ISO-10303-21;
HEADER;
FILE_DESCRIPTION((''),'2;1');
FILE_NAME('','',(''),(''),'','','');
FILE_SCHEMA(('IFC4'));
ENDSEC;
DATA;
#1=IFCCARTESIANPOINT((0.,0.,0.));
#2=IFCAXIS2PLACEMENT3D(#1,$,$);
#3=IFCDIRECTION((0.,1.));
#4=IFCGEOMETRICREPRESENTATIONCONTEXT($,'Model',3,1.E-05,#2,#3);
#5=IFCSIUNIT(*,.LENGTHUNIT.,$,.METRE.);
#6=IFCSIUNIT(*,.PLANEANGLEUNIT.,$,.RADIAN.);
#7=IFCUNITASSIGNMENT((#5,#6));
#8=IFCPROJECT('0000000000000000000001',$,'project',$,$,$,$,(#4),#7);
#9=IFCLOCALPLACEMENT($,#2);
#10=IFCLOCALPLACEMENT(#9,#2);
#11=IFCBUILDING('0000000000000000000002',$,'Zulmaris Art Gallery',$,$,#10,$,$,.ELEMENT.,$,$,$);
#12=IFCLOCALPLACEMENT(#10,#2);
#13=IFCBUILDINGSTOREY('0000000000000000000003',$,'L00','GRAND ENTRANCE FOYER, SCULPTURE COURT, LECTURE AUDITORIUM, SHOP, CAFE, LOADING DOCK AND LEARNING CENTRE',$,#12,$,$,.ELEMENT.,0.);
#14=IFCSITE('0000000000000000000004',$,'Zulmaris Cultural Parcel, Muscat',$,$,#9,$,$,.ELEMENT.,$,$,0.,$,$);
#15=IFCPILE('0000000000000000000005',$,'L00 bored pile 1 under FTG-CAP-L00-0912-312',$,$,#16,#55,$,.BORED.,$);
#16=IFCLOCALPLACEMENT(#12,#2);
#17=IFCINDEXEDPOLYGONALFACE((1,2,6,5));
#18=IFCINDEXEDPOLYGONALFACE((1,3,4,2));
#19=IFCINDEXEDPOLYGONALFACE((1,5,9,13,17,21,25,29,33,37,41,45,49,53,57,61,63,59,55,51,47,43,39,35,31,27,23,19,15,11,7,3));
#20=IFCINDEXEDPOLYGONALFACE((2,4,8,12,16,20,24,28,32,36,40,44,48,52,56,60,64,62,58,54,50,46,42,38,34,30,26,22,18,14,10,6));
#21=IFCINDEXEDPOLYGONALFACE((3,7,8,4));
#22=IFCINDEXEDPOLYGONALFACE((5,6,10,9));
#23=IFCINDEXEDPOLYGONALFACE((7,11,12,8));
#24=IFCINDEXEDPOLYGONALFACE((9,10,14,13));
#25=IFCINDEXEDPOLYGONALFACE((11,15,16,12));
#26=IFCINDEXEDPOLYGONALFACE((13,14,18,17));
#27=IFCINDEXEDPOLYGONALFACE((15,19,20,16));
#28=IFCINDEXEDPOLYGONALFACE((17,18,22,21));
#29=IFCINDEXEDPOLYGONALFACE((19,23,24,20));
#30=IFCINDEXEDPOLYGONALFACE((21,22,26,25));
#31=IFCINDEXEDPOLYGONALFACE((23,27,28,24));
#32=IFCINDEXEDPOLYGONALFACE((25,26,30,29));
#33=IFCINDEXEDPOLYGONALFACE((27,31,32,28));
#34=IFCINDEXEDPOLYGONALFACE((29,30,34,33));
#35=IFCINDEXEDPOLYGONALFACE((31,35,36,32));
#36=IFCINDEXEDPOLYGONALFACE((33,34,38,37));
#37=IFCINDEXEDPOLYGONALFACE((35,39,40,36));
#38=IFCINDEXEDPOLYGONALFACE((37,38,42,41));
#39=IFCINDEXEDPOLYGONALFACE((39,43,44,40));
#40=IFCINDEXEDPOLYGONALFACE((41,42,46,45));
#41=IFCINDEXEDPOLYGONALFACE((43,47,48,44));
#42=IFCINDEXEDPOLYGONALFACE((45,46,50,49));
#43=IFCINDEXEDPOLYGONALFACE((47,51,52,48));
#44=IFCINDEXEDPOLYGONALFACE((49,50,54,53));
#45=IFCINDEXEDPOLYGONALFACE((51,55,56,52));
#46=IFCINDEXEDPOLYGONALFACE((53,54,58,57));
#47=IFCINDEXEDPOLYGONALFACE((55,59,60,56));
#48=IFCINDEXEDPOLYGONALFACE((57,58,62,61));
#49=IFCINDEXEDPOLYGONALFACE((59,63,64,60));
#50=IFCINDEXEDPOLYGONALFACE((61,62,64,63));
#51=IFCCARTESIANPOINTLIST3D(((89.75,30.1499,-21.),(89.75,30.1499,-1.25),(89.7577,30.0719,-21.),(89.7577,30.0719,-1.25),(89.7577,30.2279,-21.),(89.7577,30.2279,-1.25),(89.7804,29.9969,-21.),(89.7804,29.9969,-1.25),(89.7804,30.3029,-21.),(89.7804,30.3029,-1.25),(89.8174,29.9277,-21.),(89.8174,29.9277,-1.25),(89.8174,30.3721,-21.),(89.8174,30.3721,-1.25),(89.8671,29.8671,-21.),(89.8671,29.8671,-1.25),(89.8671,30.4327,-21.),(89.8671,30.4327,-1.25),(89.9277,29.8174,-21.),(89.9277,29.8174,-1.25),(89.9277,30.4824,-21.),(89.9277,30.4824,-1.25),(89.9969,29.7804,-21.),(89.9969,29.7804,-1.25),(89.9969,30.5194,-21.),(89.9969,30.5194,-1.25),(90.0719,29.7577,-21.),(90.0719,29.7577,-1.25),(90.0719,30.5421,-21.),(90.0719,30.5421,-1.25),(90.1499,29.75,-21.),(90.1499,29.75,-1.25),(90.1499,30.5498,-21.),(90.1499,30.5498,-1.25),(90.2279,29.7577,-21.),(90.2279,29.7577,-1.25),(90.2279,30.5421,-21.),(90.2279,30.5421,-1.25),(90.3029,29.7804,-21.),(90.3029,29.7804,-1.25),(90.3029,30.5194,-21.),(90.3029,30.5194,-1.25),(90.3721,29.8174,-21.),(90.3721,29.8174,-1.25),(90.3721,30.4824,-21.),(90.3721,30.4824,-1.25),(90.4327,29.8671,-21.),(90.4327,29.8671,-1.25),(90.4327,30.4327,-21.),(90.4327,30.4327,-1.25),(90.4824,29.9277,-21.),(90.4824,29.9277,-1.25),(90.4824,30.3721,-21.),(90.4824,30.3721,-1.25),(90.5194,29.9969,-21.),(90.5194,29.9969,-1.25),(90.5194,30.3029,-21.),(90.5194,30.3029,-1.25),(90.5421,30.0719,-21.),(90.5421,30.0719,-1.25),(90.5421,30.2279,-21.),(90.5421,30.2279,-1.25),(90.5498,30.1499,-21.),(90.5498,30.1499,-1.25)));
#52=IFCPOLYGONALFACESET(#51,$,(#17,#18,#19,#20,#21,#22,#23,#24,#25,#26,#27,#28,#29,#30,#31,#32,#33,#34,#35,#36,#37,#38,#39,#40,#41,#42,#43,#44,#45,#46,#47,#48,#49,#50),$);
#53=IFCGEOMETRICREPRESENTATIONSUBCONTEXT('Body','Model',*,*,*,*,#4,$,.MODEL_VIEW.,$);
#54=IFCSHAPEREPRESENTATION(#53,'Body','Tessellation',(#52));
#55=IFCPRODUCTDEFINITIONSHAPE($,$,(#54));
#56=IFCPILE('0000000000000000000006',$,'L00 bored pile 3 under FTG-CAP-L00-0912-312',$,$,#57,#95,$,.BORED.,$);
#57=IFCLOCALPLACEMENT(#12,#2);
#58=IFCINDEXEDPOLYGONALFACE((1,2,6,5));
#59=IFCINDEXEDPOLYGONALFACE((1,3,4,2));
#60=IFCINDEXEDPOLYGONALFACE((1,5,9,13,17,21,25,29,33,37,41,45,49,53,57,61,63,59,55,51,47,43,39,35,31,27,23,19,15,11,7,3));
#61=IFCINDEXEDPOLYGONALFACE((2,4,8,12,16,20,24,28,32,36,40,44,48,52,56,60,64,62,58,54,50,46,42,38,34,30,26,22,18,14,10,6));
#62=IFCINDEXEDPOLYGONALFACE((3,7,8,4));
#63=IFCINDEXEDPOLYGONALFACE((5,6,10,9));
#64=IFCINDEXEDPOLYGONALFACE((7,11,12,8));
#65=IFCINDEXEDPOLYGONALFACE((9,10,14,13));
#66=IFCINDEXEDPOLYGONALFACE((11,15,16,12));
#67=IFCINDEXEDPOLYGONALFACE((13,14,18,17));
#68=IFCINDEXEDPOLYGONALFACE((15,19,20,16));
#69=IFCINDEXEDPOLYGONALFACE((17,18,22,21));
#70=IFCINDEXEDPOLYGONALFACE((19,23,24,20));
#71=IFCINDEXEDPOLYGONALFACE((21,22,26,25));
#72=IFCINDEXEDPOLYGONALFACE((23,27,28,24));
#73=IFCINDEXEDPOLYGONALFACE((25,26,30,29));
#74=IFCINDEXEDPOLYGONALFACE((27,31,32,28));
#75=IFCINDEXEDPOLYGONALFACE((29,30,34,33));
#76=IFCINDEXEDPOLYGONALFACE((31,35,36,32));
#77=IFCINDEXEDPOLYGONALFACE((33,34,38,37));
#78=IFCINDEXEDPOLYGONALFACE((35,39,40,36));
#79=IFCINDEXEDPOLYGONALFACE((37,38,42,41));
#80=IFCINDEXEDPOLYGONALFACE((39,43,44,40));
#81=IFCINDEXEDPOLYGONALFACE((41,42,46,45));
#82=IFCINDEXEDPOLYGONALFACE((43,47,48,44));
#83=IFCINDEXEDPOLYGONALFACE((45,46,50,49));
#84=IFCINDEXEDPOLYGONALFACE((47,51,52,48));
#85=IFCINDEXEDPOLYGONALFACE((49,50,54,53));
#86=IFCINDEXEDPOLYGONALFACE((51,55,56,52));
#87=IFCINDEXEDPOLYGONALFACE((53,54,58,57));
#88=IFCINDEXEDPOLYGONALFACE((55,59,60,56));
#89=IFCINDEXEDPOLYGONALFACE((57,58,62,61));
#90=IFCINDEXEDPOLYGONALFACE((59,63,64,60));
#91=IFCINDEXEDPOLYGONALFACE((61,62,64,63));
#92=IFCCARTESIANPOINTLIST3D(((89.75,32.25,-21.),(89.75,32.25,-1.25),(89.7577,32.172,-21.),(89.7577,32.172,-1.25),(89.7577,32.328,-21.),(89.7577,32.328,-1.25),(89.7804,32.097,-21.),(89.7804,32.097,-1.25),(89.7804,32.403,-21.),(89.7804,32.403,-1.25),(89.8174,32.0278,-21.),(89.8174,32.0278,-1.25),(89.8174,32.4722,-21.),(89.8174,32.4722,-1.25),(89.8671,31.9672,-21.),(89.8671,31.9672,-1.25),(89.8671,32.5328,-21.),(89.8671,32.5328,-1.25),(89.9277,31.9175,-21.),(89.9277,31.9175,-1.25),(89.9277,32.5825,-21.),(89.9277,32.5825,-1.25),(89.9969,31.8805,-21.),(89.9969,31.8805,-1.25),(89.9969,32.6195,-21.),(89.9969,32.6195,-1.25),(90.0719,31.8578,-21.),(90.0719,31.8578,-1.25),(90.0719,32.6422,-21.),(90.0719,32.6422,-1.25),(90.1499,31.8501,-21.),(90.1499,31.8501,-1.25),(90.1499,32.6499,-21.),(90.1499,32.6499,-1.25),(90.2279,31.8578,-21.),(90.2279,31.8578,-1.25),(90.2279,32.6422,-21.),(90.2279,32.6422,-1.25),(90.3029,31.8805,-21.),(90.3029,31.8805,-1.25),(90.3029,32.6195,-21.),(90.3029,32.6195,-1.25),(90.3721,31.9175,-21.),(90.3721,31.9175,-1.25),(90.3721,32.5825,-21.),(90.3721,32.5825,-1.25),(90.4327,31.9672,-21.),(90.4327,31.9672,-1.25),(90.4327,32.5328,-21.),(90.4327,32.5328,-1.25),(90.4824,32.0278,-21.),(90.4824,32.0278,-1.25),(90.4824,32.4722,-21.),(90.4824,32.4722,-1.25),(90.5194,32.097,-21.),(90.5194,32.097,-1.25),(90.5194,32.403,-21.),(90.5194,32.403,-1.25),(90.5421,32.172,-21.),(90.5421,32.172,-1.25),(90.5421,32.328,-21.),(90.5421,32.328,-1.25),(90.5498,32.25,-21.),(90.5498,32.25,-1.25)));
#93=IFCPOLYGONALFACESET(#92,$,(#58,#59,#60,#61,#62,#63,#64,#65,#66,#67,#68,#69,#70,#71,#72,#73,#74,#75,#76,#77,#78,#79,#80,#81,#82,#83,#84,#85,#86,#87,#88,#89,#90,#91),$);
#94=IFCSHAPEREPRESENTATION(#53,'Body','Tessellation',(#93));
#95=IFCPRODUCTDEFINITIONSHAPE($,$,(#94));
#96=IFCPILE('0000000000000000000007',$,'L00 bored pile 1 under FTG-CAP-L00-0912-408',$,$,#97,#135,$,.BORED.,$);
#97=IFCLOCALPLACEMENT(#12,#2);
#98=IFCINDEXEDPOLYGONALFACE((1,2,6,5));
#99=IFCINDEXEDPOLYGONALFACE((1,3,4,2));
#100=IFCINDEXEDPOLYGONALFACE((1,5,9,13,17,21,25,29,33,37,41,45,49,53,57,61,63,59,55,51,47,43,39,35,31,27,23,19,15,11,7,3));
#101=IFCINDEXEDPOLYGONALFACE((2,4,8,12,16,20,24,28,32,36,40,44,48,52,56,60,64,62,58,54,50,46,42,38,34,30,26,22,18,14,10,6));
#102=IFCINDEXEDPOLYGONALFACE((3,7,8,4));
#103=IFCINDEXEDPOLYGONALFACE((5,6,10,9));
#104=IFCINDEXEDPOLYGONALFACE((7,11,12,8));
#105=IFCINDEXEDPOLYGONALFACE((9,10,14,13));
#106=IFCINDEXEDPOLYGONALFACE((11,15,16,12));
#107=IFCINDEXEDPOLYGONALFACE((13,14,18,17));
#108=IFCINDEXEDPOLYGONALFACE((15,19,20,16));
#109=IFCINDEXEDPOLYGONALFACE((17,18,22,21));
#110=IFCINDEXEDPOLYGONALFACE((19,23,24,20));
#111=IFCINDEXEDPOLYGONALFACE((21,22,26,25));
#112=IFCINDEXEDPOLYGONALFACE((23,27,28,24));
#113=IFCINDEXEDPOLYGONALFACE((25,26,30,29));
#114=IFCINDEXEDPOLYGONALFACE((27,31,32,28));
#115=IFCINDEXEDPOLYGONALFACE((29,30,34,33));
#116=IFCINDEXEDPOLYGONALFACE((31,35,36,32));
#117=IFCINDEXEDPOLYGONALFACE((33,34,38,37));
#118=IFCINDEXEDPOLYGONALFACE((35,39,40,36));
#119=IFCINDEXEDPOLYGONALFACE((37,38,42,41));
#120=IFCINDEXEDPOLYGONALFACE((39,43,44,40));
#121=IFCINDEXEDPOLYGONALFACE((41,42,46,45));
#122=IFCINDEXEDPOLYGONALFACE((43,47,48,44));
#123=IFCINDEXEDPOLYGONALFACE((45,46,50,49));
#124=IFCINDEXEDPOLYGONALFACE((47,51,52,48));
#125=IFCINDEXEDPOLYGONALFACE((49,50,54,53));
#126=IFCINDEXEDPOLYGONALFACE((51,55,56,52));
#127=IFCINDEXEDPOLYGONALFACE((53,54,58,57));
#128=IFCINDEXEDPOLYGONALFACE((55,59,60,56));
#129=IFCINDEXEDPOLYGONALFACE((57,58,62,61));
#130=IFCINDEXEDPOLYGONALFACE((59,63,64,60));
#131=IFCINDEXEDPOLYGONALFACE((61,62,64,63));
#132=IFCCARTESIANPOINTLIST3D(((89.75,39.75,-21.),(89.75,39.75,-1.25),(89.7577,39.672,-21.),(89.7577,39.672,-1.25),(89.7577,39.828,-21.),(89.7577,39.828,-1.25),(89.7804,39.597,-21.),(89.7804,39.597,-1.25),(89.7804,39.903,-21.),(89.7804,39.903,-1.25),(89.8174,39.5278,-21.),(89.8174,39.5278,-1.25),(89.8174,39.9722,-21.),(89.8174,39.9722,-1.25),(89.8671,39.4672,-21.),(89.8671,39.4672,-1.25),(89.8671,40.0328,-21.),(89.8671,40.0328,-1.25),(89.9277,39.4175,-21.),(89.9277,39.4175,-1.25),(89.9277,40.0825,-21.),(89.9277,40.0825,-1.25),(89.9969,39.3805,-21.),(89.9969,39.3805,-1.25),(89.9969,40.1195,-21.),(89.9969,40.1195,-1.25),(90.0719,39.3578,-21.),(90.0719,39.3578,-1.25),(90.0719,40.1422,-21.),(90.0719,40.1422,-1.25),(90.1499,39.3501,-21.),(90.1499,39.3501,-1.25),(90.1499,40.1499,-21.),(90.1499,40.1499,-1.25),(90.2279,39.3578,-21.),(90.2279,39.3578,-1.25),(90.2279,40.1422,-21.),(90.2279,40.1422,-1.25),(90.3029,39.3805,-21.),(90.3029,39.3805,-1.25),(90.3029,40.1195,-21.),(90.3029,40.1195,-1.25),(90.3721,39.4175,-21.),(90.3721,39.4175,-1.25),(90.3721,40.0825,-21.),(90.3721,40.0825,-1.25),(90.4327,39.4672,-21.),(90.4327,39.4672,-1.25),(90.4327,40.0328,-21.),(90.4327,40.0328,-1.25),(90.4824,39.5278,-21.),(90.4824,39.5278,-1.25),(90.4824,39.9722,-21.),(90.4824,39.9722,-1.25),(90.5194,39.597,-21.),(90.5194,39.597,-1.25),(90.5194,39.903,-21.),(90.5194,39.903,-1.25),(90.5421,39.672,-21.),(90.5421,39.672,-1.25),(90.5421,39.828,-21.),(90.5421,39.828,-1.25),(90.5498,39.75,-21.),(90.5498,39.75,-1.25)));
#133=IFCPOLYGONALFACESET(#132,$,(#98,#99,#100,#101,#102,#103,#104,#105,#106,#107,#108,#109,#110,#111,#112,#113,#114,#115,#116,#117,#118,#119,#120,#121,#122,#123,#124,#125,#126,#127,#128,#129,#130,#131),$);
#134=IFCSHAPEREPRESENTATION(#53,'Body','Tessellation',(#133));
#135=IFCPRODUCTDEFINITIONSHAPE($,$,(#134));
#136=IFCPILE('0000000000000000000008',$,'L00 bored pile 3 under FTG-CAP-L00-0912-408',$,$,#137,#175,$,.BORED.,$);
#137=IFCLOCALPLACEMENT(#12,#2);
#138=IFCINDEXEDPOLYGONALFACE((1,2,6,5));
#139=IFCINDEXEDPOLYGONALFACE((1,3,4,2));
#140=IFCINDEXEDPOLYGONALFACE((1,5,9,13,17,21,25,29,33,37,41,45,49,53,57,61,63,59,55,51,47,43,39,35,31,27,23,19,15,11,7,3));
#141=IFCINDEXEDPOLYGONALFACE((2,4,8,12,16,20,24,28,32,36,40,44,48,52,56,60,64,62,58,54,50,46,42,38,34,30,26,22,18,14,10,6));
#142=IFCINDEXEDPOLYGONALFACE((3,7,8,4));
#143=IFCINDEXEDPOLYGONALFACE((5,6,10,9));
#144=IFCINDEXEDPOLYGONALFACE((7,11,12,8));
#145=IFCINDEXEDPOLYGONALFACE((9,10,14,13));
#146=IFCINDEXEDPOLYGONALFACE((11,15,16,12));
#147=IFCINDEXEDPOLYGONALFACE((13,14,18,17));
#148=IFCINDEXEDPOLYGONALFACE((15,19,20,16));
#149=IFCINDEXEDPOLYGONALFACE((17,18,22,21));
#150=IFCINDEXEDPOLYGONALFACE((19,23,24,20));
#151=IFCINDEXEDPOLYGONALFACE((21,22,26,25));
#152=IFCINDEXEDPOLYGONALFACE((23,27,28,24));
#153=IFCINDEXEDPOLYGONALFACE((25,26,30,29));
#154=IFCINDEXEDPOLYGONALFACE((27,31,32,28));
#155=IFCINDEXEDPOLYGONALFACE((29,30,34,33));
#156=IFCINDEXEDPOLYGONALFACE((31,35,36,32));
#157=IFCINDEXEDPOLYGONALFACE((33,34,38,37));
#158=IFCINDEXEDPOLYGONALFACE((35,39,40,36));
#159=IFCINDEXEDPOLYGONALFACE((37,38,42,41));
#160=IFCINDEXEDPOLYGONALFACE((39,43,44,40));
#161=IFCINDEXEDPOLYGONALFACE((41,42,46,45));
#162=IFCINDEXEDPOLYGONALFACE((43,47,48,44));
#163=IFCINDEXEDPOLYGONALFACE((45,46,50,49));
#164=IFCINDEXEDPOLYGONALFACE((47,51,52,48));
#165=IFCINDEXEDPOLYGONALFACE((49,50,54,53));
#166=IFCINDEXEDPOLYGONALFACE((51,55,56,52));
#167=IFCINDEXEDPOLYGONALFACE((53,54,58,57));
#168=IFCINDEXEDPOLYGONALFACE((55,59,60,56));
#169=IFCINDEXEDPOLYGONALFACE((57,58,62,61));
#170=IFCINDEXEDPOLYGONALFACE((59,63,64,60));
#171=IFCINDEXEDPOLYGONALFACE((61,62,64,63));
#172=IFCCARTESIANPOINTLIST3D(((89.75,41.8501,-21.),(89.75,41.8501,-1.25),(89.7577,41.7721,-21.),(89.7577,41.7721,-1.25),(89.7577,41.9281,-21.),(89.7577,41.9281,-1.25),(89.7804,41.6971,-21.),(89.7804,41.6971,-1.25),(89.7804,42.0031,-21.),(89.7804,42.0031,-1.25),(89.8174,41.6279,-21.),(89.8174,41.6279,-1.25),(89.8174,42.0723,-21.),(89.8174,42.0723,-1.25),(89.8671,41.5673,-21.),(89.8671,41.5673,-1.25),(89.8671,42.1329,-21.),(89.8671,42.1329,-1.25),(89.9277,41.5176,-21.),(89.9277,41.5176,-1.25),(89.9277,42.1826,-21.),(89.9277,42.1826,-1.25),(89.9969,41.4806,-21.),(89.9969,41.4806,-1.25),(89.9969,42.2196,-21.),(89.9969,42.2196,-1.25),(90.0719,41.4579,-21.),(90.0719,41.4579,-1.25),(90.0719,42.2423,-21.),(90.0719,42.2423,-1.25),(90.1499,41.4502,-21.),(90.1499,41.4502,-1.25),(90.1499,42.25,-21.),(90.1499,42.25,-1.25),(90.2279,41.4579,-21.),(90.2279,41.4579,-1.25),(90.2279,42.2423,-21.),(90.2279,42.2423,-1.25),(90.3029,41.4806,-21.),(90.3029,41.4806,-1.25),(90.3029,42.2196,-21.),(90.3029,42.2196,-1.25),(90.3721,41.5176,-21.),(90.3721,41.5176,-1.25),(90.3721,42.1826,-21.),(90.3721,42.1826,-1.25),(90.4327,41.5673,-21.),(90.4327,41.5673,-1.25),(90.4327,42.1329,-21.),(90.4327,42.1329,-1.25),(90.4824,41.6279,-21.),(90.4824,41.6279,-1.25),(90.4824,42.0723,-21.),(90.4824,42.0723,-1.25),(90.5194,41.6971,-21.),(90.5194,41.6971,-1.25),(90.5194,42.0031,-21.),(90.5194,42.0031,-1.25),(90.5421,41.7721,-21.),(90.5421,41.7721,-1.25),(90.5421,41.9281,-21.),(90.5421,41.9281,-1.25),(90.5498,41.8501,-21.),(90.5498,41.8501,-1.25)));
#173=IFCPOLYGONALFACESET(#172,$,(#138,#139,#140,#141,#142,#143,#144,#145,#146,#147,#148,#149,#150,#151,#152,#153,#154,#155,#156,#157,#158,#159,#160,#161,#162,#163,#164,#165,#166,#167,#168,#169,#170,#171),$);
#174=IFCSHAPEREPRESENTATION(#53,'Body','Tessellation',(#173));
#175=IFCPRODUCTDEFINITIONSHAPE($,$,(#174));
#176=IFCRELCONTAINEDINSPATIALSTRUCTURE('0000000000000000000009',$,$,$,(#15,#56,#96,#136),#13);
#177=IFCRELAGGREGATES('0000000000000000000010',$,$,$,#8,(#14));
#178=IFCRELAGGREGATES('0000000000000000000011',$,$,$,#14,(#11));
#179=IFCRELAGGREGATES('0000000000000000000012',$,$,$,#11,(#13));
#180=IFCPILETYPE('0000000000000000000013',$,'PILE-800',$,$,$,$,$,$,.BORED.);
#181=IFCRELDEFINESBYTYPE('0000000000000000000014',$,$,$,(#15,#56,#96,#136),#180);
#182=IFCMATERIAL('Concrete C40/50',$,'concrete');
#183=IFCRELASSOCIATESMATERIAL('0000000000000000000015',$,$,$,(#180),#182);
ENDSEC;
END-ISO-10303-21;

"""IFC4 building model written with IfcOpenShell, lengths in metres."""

from ifc_helpers import new_model, si_unit, direction, frame, origin, origin_2d, place, context, subcontext, project, spatial, circle, extrude, material, material_profile, profile_set, type_object, element, save


model = new_model("IFC4")

# Units and contexts
model_context = context("Model", 3, precision=1e-05, world=origin(), true_north=direction((0.0, 1.0)))
body_context = subcontext(model_context, "Body", "Model", "MODEL_VIEW")
ifc_project = project(units=[si_unit("LENGTHUNIT", "METRE"), si_unit("PLANEANGLEUNIT", "RADIAN")], contexts=[model_context])

# Site, building, storey
site_placement = place(None, origin())
site = spatial("IfcSite", under=ifc_project, at=site_placement, Name="Zulmaris Cultural Parcel, Muscat", CompositionType="ELEMENT", RefElevation=0.0)
building_placement = place(site_placement, origin())
building = spatial("IfcBuilding", under=site, at=building_placement, Name="Zulmaris Art Gallery", CompositionType="ELEMENT")
storey_placement = place(building_placement, origin())
storey = spatial("IfcBuildingStorey", under=building, at=storey_placement, Name="L00", Description="GRAND ENTRANCE FOYER, SCULPTURE COURT, LECTURE AUDITORIUM, SHOP, CAFE, LOADING DOCK AND LEARNING CENTRE", CompositionType="ELEMENT", Elevation=0.0)

# Piles
ifc_material_1 = material(Name="Concrete C40/50", Category="concrete")
ifc_material_profile_1 = material_profile(ifc_material_1, circle(Radius=0.3999, at=origin_2d()), Name="PILE DIA 800")
ifc_profile_set_1 = profile_set([ifc_material_profile_1], Name="Concrete C40/50")
pile_type_1 = type_object("IfcPileType", Name="PILE-800", PredefinedType="BORED", material=ifc_profile_set_1)
for number, where, z_axis, x_axis, name in (
    (1, (90.1499, 30.1499, -1.25), (0.0, 0.0, -1.0), (1.0, 0.0, 0.0), "L00 bored pile 1 under FTG-CAP-L00-0912-312"),
    (2, (90.1499, 32.25, -1.25), (0.0, 0.0, -1.0), (1.0, 0.0, 0.0), "L00 bored pile 3 under FTG-CAP-L00-0912-312"),
    (3, (90.1499, 39.75, -1.25), (0.0, 0.0, -1.0), (1.0, 0.0, 0.0), "L00 bored pile 1 under FTG-CAP-L00-0912-408"),
    (4, (90.1499, 41.8501, -1.25), (0.0, 0.0, -1.0), (1.0, 0.0, 0.0), "L00 bored pile 3 under FTG-CAP-L00-0912-408"),
):
    element("IfcPile", number, at=place(storey_placement, frame(where, z_axis=z_axis, x_axis=x_axis)), inside=storey, type_object=pile_type_1, Name=name, PredefinedType="BORED", context=body_context, shape_type="SweptSolid", body=[
        extrude(circle(Radius=0.3999, at=origin_2d()), origin(), (0.0, 0.0, 1.0), 19.75),
    ])

save(model, "model.ifc")
